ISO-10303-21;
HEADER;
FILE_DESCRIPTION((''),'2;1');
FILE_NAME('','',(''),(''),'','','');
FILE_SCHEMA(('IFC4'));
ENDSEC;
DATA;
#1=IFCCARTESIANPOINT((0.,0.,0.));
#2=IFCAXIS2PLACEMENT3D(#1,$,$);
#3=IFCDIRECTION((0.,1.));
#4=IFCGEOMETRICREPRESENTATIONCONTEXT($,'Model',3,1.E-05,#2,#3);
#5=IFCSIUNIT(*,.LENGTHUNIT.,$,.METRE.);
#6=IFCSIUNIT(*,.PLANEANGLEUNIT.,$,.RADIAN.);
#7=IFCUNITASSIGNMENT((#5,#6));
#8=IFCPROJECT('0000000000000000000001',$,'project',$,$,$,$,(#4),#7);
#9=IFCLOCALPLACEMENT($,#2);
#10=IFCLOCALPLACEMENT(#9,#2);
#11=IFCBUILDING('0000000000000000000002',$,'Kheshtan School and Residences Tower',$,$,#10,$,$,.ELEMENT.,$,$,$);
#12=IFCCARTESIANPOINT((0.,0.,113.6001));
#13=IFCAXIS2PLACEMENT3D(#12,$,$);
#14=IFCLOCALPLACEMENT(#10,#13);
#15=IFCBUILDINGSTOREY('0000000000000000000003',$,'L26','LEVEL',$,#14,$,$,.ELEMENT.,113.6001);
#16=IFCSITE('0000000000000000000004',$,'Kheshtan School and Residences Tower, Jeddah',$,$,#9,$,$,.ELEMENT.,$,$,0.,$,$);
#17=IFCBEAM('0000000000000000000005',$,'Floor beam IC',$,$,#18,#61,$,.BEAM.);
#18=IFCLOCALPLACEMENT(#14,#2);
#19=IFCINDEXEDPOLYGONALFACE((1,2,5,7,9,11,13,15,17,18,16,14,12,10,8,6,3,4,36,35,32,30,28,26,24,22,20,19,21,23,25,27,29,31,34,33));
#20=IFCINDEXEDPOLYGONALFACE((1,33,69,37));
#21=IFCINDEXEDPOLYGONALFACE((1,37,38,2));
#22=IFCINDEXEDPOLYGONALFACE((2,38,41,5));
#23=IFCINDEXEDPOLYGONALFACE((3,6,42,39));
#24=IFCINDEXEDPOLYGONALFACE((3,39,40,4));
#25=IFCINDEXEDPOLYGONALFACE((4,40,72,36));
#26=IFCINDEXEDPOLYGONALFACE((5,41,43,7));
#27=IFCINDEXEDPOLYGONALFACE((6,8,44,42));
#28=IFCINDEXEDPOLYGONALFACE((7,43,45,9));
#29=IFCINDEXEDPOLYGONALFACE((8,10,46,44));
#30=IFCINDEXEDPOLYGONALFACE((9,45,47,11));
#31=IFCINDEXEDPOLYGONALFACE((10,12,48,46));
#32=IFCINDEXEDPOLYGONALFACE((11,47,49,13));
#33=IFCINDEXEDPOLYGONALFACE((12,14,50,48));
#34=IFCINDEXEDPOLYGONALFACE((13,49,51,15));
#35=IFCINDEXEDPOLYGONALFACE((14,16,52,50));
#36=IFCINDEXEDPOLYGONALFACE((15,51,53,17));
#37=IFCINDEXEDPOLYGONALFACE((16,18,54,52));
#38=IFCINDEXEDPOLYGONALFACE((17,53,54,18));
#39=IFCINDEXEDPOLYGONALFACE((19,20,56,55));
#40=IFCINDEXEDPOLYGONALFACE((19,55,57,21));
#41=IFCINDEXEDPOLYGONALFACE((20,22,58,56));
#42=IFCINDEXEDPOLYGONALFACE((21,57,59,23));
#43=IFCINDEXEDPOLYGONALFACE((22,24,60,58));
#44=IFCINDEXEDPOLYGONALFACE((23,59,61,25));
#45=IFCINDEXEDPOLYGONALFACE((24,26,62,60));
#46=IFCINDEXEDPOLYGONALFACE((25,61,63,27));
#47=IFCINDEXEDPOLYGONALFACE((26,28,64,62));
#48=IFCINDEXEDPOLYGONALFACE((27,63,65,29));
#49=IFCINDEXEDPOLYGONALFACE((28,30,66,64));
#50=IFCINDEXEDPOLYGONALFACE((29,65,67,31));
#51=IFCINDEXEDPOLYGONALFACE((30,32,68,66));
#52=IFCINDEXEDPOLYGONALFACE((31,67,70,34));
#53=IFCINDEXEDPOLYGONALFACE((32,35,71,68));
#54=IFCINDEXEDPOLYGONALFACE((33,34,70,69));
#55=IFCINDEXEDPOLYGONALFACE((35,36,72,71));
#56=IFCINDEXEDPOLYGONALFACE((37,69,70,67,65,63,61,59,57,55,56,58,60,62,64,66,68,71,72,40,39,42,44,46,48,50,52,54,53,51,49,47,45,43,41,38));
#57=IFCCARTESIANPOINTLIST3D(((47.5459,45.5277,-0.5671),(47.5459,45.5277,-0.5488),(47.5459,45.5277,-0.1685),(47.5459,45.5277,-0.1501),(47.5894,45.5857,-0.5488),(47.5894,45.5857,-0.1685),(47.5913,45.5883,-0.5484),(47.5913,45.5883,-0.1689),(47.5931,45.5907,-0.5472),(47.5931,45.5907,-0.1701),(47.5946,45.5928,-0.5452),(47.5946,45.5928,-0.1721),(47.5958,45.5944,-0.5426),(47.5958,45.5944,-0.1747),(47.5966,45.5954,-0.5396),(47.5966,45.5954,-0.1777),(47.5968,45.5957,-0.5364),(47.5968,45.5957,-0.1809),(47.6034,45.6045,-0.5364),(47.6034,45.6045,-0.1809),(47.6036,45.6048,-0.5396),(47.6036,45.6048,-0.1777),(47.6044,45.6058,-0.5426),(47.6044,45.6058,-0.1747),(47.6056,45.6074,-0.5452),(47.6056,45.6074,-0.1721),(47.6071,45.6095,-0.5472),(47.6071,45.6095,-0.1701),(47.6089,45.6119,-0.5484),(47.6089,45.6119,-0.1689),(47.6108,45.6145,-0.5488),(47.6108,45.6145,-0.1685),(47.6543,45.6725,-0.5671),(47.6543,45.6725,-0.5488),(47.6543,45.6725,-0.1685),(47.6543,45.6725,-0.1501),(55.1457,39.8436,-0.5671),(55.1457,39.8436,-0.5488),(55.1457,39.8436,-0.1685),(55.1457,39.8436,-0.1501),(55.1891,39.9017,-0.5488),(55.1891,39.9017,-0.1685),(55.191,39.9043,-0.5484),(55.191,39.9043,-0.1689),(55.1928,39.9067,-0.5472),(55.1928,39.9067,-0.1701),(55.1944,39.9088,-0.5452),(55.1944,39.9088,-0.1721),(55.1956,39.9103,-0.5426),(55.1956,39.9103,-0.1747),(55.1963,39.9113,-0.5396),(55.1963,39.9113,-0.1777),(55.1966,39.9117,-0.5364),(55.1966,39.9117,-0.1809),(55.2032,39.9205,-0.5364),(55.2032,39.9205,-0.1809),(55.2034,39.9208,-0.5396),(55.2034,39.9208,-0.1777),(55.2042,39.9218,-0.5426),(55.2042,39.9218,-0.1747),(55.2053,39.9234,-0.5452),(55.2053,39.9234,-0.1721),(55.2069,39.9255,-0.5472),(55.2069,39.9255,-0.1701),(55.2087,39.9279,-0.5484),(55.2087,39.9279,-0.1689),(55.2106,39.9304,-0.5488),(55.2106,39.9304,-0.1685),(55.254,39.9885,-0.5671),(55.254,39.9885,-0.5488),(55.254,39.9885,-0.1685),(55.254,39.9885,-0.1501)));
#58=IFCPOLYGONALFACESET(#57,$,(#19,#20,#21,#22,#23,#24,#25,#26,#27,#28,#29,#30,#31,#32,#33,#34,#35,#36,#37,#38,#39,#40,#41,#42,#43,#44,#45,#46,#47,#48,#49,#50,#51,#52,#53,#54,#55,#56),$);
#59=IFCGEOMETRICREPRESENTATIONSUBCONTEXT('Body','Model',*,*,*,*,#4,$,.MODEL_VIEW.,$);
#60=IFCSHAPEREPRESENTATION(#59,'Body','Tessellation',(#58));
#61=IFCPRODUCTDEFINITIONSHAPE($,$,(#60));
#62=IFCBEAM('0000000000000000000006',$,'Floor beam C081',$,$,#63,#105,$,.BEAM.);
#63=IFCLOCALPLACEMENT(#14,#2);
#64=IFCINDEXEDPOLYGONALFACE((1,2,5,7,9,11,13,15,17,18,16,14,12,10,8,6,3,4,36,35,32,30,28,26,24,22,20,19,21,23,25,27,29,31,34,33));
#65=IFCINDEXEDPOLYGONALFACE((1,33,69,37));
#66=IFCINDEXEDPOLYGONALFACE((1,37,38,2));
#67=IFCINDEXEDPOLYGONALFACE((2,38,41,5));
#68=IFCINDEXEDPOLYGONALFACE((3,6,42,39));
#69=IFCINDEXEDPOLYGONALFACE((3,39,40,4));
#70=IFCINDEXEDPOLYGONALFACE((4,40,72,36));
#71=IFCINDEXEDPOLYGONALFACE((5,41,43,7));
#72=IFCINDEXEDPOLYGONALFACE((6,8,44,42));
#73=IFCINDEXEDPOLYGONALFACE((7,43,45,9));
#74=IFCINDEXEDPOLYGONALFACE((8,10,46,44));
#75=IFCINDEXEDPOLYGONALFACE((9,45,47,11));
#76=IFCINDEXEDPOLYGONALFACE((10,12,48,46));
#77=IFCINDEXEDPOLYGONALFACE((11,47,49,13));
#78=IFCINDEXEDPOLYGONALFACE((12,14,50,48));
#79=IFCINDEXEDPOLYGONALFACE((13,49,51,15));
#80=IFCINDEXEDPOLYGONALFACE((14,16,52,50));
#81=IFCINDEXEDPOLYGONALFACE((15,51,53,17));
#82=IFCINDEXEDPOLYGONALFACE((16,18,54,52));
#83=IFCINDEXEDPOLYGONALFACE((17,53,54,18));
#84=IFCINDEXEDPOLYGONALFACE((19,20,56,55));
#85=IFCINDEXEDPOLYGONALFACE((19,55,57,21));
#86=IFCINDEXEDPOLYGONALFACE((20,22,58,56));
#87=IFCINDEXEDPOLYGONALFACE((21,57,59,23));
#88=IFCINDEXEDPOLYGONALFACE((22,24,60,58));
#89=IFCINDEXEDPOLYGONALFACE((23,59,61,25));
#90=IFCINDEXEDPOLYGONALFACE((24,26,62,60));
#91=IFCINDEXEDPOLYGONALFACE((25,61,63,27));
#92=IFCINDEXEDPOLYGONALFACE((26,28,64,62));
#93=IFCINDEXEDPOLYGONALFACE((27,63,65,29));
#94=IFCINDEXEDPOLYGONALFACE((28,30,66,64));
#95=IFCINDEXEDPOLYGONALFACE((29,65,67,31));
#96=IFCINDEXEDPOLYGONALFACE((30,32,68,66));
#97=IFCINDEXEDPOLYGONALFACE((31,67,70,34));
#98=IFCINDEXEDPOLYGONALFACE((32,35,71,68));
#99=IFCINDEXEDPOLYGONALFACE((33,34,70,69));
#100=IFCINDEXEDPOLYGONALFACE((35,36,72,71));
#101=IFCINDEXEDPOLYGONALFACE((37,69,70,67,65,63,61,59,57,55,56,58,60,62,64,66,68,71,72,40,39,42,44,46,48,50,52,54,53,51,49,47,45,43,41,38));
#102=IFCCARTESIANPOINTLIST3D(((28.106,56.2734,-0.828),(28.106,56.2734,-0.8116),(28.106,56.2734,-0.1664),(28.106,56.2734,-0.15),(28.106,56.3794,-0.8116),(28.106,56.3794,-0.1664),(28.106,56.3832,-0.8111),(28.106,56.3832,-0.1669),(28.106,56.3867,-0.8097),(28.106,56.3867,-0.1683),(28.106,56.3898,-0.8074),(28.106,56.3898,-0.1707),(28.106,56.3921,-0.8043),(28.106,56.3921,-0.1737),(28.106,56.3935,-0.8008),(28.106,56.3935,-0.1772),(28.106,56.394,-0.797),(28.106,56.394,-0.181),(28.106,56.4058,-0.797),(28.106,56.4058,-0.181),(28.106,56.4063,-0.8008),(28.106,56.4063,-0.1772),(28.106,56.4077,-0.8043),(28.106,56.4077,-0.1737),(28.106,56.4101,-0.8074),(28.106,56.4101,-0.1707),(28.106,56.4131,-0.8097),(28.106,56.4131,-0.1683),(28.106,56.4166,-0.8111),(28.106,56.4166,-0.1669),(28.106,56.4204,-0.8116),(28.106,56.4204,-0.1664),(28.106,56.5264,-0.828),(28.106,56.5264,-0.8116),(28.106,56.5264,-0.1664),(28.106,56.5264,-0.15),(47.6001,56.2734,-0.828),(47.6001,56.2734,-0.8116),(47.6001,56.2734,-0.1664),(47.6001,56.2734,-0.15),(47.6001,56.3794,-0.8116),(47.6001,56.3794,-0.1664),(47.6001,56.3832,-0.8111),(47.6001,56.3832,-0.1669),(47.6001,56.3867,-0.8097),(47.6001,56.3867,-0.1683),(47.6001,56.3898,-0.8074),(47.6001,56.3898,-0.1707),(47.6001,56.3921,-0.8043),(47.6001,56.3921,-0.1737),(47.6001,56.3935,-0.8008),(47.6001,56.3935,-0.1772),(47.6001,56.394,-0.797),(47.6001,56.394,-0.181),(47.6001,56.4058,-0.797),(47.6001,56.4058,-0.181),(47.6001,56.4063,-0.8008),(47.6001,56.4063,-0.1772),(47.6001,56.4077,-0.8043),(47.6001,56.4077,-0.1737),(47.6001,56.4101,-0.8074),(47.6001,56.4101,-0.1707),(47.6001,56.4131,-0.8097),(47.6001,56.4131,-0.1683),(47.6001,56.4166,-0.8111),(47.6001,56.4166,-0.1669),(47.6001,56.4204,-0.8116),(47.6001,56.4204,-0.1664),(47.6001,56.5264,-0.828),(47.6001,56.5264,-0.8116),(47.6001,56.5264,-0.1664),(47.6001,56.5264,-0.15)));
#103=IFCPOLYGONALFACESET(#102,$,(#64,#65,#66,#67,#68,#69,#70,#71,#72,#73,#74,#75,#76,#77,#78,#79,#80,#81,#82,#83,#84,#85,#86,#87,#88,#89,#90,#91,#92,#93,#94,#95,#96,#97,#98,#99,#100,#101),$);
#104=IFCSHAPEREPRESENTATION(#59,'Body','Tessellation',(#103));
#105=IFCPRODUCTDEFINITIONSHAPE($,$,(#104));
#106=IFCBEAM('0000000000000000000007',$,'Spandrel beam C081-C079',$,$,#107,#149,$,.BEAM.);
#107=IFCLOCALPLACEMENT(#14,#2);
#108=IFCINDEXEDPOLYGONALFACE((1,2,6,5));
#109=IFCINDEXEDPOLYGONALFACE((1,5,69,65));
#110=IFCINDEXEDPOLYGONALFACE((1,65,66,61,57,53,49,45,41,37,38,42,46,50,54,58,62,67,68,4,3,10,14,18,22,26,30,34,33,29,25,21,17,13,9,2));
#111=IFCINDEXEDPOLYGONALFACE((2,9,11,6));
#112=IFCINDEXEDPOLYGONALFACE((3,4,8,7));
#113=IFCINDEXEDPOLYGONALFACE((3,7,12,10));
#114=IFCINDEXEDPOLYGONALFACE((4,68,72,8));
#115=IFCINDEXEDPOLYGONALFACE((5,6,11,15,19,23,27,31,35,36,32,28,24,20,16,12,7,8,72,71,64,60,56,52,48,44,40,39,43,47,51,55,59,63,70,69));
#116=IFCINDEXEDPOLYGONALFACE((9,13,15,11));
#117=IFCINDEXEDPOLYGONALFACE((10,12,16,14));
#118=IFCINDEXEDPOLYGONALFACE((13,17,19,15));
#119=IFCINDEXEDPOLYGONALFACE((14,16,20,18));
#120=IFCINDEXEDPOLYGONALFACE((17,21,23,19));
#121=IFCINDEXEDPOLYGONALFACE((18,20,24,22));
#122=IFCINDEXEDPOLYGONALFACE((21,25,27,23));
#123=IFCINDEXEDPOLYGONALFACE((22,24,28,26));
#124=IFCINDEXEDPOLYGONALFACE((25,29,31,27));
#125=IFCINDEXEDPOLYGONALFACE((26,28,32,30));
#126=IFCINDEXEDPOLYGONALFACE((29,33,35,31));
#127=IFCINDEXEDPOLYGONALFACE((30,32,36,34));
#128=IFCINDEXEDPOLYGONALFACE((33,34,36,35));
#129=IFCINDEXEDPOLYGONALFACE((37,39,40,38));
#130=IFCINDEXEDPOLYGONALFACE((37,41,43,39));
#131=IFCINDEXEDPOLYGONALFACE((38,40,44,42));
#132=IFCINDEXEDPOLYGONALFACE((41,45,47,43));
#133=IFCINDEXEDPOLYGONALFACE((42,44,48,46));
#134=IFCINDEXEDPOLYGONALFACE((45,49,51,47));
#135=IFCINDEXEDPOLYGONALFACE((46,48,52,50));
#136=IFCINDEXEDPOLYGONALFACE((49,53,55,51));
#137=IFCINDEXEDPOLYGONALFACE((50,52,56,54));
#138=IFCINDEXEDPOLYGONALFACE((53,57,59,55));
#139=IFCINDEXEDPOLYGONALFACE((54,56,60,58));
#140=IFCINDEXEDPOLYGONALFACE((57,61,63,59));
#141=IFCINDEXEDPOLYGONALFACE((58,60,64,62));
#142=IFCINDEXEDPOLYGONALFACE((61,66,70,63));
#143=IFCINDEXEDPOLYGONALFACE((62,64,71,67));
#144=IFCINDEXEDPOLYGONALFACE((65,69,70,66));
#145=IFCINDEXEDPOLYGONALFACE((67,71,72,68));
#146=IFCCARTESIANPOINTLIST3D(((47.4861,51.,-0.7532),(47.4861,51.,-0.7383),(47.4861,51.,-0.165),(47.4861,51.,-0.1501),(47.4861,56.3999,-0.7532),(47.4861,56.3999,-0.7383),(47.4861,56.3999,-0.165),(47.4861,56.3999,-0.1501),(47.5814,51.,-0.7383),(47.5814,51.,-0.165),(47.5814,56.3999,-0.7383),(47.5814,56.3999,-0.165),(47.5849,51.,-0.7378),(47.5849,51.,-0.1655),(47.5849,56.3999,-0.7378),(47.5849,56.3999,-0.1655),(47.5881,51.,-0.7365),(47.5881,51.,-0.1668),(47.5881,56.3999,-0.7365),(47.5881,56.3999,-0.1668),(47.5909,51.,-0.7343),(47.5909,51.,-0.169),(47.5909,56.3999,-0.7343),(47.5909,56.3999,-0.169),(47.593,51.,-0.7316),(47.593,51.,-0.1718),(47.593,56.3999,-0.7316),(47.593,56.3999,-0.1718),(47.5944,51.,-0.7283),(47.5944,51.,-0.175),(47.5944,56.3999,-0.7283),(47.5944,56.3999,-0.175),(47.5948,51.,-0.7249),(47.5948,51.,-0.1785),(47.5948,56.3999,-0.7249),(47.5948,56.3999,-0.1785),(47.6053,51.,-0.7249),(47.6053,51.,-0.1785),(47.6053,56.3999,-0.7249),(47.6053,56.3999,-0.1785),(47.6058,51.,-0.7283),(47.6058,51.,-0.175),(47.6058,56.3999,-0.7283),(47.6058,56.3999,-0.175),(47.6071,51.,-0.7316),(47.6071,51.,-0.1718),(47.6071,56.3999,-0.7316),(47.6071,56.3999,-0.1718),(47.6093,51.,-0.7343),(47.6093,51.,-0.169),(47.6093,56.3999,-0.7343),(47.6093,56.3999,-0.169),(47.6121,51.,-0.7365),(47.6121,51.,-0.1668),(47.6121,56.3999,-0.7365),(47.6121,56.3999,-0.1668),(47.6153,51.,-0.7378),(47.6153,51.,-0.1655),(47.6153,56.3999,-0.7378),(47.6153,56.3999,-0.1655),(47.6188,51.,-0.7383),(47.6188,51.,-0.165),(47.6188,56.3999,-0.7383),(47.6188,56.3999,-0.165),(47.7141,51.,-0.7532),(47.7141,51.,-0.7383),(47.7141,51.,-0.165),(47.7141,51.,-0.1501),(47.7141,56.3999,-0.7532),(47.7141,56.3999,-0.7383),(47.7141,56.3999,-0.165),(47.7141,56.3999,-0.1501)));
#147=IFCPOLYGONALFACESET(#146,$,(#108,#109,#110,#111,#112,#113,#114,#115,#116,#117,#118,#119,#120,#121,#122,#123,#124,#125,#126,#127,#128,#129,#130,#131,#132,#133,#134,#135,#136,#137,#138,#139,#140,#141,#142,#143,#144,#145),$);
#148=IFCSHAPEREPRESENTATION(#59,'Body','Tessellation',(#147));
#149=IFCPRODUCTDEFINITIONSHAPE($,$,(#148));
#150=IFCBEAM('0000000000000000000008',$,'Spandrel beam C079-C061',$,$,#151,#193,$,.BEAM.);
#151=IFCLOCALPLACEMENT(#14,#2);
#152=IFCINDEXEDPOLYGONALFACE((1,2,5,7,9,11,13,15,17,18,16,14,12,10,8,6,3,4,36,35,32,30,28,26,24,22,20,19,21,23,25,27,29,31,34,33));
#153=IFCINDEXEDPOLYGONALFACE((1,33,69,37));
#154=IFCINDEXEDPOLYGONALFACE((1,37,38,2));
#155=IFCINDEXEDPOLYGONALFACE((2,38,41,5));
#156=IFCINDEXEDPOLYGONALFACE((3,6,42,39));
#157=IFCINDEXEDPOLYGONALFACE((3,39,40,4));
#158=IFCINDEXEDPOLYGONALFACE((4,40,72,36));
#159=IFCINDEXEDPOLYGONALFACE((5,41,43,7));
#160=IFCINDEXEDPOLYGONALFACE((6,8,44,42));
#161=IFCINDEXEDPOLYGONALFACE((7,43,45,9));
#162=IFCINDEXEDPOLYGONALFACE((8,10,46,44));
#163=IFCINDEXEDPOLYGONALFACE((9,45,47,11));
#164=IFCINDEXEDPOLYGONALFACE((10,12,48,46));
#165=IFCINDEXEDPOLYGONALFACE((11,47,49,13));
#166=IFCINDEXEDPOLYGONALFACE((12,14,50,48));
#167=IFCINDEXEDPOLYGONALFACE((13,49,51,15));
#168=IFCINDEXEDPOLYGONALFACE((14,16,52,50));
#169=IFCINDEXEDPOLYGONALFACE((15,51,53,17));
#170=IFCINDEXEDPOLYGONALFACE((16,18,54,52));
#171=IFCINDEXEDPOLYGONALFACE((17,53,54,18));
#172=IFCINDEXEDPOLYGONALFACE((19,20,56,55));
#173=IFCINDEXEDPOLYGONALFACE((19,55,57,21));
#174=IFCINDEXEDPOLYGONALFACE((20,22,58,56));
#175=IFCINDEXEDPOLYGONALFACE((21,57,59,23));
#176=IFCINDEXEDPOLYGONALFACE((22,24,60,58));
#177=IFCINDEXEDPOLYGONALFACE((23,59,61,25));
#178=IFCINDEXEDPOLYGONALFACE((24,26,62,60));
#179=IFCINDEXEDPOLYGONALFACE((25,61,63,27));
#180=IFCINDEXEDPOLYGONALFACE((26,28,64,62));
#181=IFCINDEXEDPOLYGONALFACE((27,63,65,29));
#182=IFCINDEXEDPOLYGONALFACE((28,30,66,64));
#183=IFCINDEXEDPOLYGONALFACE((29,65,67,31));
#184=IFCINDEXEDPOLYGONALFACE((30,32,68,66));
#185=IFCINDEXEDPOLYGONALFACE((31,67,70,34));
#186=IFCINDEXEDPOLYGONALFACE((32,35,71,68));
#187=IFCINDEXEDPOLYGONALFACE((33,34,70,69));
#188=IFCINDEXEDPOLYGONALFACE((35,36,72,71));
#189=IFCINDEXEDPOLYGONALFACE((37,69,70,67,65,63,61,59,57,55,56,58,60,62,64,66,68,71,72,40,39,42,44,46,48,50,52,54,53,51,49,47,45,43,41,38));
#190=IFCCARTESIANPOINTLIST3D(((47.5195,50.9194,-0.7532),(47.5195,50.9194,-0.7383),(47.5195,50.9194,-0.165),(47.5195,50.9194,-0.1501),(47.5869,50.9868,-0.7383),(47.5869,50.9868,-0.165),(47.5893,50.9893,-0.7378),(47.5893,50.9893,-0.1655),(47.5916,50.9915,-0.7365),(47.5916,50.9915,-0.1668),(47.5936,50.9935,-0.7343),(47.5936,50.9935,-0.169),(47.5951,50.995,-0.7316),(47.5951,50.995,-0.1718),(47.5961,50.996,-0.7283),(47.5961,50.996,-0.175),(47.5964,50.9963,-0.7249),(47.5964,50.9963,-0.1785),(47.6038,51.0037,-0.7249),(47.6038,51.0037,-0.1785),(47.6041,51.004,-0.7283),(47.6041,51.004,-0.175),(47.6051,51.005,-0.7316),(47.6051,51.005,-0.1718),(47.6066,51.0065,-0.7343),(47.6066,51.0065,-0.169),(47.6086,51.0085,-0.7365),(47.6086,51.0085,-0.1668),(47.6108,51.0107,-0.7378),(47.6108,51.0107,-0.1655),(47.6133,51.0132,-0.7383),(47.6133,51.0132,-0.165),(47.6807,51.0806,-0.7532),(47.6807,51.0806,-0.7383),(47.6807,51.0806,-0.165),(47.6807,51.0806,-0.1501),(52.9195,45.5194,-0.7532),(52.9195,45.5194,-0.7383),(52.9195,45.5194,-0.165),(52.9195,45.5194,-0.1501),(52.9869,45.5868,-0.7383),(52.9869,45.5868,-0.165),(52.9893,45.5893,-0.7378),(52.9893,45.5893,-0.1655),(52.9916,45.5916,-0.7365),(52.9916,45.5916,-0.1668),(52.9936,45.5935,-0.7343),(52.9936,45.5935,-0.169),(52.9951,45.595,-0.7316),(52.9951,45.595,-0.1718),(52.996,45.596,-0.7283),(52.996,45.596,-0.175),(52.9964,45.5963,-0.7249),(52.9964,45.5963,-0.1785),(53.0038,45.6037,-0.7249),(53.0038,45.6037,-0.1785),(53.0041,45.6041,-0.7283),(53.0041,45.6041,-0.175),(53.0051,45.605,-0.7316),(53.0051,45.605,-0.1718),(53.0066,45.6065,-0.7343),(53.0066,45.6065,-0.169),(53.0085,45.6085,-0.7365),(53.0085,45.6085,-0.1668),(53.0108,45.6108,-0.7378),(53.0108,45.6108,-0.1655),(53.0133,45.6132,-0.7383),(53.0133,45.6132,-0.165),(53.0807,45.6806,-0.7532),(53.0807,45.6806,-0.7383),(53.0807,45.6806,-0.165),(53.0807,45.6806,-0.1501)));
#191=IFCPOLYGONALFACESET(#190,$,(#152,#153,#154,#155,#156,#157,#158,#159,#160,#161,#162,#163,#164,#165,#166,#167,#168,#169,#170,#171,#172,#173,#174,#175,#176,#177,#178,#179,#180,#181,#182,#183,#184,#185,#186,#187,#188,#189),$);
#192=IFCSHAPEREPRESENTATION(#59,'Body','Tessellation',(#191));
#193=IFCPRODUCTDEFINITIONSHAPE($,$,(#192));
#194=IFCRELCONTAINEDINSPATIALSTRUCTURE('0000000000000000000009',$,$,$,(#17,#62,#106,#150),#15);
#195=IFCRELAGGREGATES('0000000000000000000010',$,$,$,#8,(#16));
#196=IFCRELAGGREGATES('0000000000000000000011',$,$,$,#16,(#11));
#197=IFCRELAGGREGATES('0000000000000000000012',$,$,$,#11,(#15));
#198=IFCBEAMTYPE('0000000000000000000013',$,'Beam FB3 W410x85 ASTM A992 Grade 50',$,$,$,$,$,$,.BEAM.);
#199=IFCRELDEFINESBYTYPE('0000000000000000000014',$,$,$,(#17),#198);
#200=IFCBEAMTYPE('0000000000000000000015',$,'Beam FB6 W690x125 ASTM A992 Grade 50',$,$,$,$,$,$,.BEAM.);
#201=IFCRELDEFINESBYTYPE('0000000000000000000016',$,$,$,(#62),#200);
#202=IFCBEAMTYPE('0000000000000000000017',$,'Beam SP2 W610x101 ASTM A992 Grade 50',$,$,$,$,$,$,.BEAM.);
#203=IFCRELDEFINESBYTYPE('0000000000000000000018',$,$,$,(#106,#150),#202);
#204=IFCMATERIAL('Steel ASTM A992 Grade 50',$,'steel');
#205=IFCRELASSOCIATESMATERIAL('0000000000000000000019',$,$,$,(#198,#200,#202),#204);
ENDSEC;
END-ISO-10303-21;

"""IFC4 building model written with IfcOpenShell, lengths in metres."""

from ifc_helpers import new_model, si_unit, direction, frame, origin, origin_2d, place, context, subcontext, project, spatial, i_section, extrude, material, material_profile, profile_set, type_object, element, save


model = new_model("IFC4")

# Units and contexts
model_context = context("Model", 3, precision=1e-05, world=origin(), true_north=direction((0.0, 1.0)))
body_context = subcontext(model_context, "Body", "Model", "MODEL_VIEW")
ifc_project = project(units=[si_unit("LENGTHUNIT", "METRE"), si_unit("PLANEANGLEUNIT", "RADIAN")], contexts=[model_context])

# Site, building, storey
site_placement = place(None, origin())
site = spatial("IfcSite", under=ifc_project, at=site_placement, Name="Kheshtan School and Residences Tower, Jeddah", CompositionType="ELEMENT", RefElevation=0.0)
building_placement = place(site_placement, origin())
building = spatial("IfcBuilding", under=site, at=building_placement, Name="Kheshtan School and Residences Tower", CompositionType="ELEMENT")
storey_placement = place(building_placement, frame((0.0, 0.0, 113.6001)))
storey = spatial("IfcBuildingStorey", under=building, at=storey_placement, Name="L26", Description="LEVEL", CompositionType="ELEMENT", Elevation=113.6001)

# Shared definitions
ifc_material_1 = material(Name="Steel ASTM A992 Grade 50", Category="steel")

# Beams
ifc_material_profile_1 = material_profile(ifc_material_1, i_section(OverallWidth=0.1809, OverallDepth=0.417, WebThickness=0.011, FlangeThickness=0.0183, FilletRadius=0.0125, at=origin_2d()), Name="W410x85")
ifc_profile_set_1 = profile_set([ifc_material_profile_1], Name="Steel ASTM A992 Grade 50")
beam_type_1 = type_object("IfcBeamType", Name="Beam FB3 W410x85 ASTM A992 Grade 50", PredefinedType="BEAM", material=ifc_profile_set_1)
beam_1_placement = place(storey_placement, frame((47.6001, 45.6001, -0.3586), z_axis=(0.800799, -0.598933, 0.0), x_axis=(0.598933, 0.800799, 0.0)))
element("IfcBeam", 1, at=beam_1_placement, inside=storey, type_object=beam_type_1, Name="Floor beam IC", PredefinedType="BEAM", context=body_context, shape_type="SweptSolid", body=[
    extrude(i_section(OverallWidth=0.1809, OverallDepth=0.417, WebThickness=0.011, FlangeThickness=0.0183, FilletRadius=0.0125, at=origin_2d()), origin(), (0.0, 0.0, 1.0), 9.4902),
])
ifc_material_profile_2 = material_profile(ifc_material_1, i_section(OverallWidth=0.2529, OverallDepth=0.678, WebThickness=0.0117, FlangeThickness=0.0164, FilletRadius=0.0146, at=origin_2d()), Name="W690x125")
ifc_profile_set_2 = profile_set([ifc_material_profile_2], Name="Steel ASTM A992 Grade 50")
beam_type_2 = type_object("IfcBeamType", Name="Beam FB6 W690x125 ASTM A992 Grade 50", PredefinedType="BEAM", material=ifc_profile_set_2)
beam_2_placement = place(storey_placement, frame((47.6001, 56.3999, -0.489), z_axis=(-1.0, 0.0, 0.0), x_axis=(0.0, -1.0, 0.0)))
element("IfcBeam", 2, at=beam_2_placement, inside=storey, type_object=beam_type_2, Name="Floor beam C081", PredefinedType="BEAM", context=body_context, shape_type="SweptSolid", body=[
    extrude(i_section(OverallWidth=0.2529, OverallDepth=0.678, WebThickness=0.0117, FlangeThickness=0.0164, FilletRadius=0.0146, at=origin_2d()), origin(), (0.0, 0.0, 1.0), 19.4941),
])
ifc_material_profile_3 = material_profile(ifc_material_1, i_section(OverallWidth=0.228, OverallDepth=0.603, WebThickness=0.0105, FlangeThickness=0.0149, FilletRadius=0.0134, at=origin_2d()), Name="W610x101")
ifc_profile_set_3 = profile_set([ifc_material_profile_3], Name="Steel ASTM A992 Grade 50")
beam_type_3 = type_object("IfcBeamType", Name="Beam SP2 W610x101 ASTM A992 Grade 50", PredefinedType="BEAM", material=ifc_profile_set_3)
beam_3_placement = place(storey_placement, frame((47.6001, 56.3999, -0.4517), z_axis=(0.0, -1.0, 0.0), x_axis=(1.0, 0.0, 0.0)))
element("IfcBeam", 3, at=beam_3_placement, inside=storey, type_object=beam_type_3, Name="Spandrel beam C081-C079", PredefinedType="BEAM", context=body_context, shape_type="SweptSolid", body=[
    extrude(i_section(OverallWidth=0.228, OverallDepth=0.603, WebThickness=0.0105, FlangeThickness=0.0149, FilletRadius=0.0134, at=origin_2d()), origin(), (0.0, 0.0, 1.0), 5.3999),
])
beam_4_placement = place(storey_placement, frame((47.6001, 51.0, -0.4517), z_axis=(0.707107, -0.707107, 0.0), x_axis=(0.707107, 0.707107, 0.0)))
element("IfcBeam", 4, at=beam_4_placement, inside=storey, type_object=beam_type_3, Name="Spandrel beam C079-C061", PredefinedType="BEAM", context=body_context, shape_type="SweptSolid", body=[
    extrude(i_section(OverallWidth=0.228, OverallDepth=0.603, WebThickness=0.0105, FlangeThickness=0.0149, FilletRadius=0.0134, at=origin_2d()), origin(), (0.0, 0.0, 1.0), 7.6367),
])

save(model, "model.ifc")
